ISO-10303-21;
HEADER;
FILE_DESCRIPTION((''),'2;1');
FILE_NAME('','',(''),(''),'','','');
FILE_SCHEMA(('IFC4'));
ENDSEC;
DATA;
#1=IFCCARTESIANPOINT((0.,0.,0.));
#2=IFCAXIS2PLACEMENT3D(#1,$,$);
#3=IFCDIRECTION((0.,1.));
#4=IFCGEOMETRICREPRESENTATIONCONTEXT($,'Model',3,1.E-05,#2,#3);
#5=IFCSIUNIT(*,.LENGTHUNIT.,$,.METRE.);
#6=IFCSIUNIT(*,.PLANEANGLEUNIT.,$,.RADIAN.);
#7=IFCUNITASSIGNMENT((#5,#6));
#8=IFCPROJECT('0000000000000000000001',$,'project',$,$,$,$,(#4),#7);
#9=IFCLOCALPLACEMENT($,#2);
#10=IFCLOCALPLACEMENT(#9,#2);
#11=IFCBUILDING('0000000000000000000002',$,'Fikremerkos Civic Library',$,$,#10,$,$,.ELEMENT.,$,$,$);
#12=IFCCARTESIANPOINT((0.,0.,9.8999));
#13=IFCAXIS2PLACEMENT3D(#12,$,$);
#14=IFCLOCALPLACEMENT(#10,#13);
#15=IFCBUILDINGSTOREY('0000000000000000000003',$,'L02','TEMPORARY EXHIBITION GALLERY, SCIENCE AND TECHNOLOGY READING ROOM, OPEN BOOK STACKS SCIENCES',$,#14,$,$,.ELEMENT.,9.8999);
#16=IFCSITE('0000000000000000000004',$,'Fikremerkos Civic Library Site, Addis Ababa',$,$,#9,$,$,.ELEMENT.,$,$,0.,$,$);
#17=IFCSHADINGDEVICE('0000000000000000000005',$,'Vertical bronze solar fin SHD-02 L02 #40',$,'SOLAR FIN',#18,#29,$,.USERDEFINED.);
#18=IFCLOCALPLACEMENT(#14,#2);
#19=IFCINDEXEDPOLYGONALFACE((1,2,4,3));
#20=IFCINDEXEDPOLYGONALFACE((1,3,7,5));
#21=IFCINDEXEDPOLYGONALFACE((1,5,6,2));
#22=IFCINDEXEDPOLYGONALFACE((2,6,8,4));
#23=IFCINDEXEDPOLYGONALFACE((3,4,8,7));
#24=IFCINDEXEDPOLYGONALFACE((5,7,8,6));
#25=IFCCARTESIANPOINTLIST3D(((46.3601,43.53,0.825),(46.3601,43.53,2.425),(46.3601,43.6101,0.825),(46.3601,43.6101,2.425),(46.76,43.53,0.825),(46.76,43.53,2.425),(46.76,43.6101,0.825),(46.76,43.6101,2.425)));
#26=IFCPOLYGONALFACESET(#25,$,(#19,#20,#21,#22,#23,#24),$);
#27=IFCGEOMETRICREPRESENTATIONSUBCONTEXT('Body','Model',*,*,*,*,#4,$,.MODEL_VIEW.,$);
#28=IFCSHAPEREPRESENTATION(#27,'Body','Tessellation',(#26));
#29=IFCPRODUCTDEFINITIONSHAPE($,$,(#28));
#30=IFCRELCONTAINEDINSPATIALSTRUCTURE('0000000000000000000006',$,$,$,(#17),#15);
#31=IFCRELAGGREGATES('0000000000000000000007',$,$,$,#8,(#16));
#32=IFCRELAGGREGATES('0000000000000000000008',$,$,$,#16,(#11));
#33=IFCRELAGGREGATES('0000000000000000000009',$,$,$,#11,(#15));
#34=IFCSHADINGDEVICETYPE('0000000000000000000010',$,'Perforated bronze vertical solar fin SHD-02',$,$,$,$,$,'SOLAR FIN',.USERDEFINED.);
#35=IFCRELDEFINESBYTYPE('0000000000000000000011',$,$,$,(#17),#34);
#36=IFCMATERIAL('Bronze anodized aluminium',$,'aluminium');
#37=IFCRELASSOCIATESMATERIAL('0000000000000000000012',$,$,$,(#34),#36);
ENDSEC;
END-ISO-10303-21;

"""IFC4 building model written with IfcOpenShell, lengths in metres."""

from ifc_helpers import new_model, si_unit, direction, frame, origin, origin_2d, place, context, subcontext, project, spatial, rectangle, extrude, material, type_object, element, save


model = new_model("IFC4")

# Units and contexts
model_context = context("Model", 3, precision=1e-05, world=origin(), true_north=direction((0.0, 1.0)))
body_context = subcontext(model_context, "Body", "Model", "MODEL_VIEW")
ifc_project = project(units=[si_unit("LENGTHUNIT", "METRE"), si_unit("PLANEANGLEUNIT", "RADIAN")], contexts=[model_context])

# Site, building, storey
site_placement = place(None, origin())
site = spatial("IfcSite", under=ifc_project, at=site_placement, Name="Fikremerkos Civic Library Site, Addis Ababa", CompositionType="ELEMENT", RefElevation=0.0)
building_placement = place(site_placement, origin())
building = spatial("IfcBuilding", under=site, at=building_placement, Name="Fikremerkos Civic Library", CompositionType="ELEMENT")
storey_placement = place(building_placement, frame((0.0, 0.0, 9.8999)))
storey = spatial("IfcBuildingStorey", under=building, at=storey_placement, Name="L02", Description="TEMPORARY EXHIBITION GALLERY, SCIENCE AND TECHNOLOGY READING ROOM, OPEN BOOK STACKS SCIENCES", CompositionType="ELEMENT", Elevation=9.8999)

# Shading device
ifc_material_1 = material(Name="Bronze anodized aluminium", Category="aluminium")
shading_device_type = type_object("IfcShadingDeviceType", Name="Perforated bronze vertical solar fin SHD-02", ElementType="SOLAR FIN", PredefinedType="USERDEFINED", material=ifc_material_1)
shading_device_placement = place(storey_placement, frame((46.5601, 43.5701, 0.825), z_axis=(0.0, 0.0, 1.0), x_axis=(0.0, 1.0, 0.0)))
element("IfcShadingDevice", 1, at=shading_device_placement, inside=storey, type_object=shading_device_type, Name="Vertical bronze solar fin SHD-02 L02 #40", ObjectType="SOLAR FIN", PredefinedType="USERDEFINED", context=body_context, shape_type="SweptSolid", body=[
    extrude(rectangle(XDim=0.0801, YDim=0.3999, at=origin_2d()), origin(), (0.0, 0.0, 1.0), 1.6001),
])

save(model, "model.ifc")
